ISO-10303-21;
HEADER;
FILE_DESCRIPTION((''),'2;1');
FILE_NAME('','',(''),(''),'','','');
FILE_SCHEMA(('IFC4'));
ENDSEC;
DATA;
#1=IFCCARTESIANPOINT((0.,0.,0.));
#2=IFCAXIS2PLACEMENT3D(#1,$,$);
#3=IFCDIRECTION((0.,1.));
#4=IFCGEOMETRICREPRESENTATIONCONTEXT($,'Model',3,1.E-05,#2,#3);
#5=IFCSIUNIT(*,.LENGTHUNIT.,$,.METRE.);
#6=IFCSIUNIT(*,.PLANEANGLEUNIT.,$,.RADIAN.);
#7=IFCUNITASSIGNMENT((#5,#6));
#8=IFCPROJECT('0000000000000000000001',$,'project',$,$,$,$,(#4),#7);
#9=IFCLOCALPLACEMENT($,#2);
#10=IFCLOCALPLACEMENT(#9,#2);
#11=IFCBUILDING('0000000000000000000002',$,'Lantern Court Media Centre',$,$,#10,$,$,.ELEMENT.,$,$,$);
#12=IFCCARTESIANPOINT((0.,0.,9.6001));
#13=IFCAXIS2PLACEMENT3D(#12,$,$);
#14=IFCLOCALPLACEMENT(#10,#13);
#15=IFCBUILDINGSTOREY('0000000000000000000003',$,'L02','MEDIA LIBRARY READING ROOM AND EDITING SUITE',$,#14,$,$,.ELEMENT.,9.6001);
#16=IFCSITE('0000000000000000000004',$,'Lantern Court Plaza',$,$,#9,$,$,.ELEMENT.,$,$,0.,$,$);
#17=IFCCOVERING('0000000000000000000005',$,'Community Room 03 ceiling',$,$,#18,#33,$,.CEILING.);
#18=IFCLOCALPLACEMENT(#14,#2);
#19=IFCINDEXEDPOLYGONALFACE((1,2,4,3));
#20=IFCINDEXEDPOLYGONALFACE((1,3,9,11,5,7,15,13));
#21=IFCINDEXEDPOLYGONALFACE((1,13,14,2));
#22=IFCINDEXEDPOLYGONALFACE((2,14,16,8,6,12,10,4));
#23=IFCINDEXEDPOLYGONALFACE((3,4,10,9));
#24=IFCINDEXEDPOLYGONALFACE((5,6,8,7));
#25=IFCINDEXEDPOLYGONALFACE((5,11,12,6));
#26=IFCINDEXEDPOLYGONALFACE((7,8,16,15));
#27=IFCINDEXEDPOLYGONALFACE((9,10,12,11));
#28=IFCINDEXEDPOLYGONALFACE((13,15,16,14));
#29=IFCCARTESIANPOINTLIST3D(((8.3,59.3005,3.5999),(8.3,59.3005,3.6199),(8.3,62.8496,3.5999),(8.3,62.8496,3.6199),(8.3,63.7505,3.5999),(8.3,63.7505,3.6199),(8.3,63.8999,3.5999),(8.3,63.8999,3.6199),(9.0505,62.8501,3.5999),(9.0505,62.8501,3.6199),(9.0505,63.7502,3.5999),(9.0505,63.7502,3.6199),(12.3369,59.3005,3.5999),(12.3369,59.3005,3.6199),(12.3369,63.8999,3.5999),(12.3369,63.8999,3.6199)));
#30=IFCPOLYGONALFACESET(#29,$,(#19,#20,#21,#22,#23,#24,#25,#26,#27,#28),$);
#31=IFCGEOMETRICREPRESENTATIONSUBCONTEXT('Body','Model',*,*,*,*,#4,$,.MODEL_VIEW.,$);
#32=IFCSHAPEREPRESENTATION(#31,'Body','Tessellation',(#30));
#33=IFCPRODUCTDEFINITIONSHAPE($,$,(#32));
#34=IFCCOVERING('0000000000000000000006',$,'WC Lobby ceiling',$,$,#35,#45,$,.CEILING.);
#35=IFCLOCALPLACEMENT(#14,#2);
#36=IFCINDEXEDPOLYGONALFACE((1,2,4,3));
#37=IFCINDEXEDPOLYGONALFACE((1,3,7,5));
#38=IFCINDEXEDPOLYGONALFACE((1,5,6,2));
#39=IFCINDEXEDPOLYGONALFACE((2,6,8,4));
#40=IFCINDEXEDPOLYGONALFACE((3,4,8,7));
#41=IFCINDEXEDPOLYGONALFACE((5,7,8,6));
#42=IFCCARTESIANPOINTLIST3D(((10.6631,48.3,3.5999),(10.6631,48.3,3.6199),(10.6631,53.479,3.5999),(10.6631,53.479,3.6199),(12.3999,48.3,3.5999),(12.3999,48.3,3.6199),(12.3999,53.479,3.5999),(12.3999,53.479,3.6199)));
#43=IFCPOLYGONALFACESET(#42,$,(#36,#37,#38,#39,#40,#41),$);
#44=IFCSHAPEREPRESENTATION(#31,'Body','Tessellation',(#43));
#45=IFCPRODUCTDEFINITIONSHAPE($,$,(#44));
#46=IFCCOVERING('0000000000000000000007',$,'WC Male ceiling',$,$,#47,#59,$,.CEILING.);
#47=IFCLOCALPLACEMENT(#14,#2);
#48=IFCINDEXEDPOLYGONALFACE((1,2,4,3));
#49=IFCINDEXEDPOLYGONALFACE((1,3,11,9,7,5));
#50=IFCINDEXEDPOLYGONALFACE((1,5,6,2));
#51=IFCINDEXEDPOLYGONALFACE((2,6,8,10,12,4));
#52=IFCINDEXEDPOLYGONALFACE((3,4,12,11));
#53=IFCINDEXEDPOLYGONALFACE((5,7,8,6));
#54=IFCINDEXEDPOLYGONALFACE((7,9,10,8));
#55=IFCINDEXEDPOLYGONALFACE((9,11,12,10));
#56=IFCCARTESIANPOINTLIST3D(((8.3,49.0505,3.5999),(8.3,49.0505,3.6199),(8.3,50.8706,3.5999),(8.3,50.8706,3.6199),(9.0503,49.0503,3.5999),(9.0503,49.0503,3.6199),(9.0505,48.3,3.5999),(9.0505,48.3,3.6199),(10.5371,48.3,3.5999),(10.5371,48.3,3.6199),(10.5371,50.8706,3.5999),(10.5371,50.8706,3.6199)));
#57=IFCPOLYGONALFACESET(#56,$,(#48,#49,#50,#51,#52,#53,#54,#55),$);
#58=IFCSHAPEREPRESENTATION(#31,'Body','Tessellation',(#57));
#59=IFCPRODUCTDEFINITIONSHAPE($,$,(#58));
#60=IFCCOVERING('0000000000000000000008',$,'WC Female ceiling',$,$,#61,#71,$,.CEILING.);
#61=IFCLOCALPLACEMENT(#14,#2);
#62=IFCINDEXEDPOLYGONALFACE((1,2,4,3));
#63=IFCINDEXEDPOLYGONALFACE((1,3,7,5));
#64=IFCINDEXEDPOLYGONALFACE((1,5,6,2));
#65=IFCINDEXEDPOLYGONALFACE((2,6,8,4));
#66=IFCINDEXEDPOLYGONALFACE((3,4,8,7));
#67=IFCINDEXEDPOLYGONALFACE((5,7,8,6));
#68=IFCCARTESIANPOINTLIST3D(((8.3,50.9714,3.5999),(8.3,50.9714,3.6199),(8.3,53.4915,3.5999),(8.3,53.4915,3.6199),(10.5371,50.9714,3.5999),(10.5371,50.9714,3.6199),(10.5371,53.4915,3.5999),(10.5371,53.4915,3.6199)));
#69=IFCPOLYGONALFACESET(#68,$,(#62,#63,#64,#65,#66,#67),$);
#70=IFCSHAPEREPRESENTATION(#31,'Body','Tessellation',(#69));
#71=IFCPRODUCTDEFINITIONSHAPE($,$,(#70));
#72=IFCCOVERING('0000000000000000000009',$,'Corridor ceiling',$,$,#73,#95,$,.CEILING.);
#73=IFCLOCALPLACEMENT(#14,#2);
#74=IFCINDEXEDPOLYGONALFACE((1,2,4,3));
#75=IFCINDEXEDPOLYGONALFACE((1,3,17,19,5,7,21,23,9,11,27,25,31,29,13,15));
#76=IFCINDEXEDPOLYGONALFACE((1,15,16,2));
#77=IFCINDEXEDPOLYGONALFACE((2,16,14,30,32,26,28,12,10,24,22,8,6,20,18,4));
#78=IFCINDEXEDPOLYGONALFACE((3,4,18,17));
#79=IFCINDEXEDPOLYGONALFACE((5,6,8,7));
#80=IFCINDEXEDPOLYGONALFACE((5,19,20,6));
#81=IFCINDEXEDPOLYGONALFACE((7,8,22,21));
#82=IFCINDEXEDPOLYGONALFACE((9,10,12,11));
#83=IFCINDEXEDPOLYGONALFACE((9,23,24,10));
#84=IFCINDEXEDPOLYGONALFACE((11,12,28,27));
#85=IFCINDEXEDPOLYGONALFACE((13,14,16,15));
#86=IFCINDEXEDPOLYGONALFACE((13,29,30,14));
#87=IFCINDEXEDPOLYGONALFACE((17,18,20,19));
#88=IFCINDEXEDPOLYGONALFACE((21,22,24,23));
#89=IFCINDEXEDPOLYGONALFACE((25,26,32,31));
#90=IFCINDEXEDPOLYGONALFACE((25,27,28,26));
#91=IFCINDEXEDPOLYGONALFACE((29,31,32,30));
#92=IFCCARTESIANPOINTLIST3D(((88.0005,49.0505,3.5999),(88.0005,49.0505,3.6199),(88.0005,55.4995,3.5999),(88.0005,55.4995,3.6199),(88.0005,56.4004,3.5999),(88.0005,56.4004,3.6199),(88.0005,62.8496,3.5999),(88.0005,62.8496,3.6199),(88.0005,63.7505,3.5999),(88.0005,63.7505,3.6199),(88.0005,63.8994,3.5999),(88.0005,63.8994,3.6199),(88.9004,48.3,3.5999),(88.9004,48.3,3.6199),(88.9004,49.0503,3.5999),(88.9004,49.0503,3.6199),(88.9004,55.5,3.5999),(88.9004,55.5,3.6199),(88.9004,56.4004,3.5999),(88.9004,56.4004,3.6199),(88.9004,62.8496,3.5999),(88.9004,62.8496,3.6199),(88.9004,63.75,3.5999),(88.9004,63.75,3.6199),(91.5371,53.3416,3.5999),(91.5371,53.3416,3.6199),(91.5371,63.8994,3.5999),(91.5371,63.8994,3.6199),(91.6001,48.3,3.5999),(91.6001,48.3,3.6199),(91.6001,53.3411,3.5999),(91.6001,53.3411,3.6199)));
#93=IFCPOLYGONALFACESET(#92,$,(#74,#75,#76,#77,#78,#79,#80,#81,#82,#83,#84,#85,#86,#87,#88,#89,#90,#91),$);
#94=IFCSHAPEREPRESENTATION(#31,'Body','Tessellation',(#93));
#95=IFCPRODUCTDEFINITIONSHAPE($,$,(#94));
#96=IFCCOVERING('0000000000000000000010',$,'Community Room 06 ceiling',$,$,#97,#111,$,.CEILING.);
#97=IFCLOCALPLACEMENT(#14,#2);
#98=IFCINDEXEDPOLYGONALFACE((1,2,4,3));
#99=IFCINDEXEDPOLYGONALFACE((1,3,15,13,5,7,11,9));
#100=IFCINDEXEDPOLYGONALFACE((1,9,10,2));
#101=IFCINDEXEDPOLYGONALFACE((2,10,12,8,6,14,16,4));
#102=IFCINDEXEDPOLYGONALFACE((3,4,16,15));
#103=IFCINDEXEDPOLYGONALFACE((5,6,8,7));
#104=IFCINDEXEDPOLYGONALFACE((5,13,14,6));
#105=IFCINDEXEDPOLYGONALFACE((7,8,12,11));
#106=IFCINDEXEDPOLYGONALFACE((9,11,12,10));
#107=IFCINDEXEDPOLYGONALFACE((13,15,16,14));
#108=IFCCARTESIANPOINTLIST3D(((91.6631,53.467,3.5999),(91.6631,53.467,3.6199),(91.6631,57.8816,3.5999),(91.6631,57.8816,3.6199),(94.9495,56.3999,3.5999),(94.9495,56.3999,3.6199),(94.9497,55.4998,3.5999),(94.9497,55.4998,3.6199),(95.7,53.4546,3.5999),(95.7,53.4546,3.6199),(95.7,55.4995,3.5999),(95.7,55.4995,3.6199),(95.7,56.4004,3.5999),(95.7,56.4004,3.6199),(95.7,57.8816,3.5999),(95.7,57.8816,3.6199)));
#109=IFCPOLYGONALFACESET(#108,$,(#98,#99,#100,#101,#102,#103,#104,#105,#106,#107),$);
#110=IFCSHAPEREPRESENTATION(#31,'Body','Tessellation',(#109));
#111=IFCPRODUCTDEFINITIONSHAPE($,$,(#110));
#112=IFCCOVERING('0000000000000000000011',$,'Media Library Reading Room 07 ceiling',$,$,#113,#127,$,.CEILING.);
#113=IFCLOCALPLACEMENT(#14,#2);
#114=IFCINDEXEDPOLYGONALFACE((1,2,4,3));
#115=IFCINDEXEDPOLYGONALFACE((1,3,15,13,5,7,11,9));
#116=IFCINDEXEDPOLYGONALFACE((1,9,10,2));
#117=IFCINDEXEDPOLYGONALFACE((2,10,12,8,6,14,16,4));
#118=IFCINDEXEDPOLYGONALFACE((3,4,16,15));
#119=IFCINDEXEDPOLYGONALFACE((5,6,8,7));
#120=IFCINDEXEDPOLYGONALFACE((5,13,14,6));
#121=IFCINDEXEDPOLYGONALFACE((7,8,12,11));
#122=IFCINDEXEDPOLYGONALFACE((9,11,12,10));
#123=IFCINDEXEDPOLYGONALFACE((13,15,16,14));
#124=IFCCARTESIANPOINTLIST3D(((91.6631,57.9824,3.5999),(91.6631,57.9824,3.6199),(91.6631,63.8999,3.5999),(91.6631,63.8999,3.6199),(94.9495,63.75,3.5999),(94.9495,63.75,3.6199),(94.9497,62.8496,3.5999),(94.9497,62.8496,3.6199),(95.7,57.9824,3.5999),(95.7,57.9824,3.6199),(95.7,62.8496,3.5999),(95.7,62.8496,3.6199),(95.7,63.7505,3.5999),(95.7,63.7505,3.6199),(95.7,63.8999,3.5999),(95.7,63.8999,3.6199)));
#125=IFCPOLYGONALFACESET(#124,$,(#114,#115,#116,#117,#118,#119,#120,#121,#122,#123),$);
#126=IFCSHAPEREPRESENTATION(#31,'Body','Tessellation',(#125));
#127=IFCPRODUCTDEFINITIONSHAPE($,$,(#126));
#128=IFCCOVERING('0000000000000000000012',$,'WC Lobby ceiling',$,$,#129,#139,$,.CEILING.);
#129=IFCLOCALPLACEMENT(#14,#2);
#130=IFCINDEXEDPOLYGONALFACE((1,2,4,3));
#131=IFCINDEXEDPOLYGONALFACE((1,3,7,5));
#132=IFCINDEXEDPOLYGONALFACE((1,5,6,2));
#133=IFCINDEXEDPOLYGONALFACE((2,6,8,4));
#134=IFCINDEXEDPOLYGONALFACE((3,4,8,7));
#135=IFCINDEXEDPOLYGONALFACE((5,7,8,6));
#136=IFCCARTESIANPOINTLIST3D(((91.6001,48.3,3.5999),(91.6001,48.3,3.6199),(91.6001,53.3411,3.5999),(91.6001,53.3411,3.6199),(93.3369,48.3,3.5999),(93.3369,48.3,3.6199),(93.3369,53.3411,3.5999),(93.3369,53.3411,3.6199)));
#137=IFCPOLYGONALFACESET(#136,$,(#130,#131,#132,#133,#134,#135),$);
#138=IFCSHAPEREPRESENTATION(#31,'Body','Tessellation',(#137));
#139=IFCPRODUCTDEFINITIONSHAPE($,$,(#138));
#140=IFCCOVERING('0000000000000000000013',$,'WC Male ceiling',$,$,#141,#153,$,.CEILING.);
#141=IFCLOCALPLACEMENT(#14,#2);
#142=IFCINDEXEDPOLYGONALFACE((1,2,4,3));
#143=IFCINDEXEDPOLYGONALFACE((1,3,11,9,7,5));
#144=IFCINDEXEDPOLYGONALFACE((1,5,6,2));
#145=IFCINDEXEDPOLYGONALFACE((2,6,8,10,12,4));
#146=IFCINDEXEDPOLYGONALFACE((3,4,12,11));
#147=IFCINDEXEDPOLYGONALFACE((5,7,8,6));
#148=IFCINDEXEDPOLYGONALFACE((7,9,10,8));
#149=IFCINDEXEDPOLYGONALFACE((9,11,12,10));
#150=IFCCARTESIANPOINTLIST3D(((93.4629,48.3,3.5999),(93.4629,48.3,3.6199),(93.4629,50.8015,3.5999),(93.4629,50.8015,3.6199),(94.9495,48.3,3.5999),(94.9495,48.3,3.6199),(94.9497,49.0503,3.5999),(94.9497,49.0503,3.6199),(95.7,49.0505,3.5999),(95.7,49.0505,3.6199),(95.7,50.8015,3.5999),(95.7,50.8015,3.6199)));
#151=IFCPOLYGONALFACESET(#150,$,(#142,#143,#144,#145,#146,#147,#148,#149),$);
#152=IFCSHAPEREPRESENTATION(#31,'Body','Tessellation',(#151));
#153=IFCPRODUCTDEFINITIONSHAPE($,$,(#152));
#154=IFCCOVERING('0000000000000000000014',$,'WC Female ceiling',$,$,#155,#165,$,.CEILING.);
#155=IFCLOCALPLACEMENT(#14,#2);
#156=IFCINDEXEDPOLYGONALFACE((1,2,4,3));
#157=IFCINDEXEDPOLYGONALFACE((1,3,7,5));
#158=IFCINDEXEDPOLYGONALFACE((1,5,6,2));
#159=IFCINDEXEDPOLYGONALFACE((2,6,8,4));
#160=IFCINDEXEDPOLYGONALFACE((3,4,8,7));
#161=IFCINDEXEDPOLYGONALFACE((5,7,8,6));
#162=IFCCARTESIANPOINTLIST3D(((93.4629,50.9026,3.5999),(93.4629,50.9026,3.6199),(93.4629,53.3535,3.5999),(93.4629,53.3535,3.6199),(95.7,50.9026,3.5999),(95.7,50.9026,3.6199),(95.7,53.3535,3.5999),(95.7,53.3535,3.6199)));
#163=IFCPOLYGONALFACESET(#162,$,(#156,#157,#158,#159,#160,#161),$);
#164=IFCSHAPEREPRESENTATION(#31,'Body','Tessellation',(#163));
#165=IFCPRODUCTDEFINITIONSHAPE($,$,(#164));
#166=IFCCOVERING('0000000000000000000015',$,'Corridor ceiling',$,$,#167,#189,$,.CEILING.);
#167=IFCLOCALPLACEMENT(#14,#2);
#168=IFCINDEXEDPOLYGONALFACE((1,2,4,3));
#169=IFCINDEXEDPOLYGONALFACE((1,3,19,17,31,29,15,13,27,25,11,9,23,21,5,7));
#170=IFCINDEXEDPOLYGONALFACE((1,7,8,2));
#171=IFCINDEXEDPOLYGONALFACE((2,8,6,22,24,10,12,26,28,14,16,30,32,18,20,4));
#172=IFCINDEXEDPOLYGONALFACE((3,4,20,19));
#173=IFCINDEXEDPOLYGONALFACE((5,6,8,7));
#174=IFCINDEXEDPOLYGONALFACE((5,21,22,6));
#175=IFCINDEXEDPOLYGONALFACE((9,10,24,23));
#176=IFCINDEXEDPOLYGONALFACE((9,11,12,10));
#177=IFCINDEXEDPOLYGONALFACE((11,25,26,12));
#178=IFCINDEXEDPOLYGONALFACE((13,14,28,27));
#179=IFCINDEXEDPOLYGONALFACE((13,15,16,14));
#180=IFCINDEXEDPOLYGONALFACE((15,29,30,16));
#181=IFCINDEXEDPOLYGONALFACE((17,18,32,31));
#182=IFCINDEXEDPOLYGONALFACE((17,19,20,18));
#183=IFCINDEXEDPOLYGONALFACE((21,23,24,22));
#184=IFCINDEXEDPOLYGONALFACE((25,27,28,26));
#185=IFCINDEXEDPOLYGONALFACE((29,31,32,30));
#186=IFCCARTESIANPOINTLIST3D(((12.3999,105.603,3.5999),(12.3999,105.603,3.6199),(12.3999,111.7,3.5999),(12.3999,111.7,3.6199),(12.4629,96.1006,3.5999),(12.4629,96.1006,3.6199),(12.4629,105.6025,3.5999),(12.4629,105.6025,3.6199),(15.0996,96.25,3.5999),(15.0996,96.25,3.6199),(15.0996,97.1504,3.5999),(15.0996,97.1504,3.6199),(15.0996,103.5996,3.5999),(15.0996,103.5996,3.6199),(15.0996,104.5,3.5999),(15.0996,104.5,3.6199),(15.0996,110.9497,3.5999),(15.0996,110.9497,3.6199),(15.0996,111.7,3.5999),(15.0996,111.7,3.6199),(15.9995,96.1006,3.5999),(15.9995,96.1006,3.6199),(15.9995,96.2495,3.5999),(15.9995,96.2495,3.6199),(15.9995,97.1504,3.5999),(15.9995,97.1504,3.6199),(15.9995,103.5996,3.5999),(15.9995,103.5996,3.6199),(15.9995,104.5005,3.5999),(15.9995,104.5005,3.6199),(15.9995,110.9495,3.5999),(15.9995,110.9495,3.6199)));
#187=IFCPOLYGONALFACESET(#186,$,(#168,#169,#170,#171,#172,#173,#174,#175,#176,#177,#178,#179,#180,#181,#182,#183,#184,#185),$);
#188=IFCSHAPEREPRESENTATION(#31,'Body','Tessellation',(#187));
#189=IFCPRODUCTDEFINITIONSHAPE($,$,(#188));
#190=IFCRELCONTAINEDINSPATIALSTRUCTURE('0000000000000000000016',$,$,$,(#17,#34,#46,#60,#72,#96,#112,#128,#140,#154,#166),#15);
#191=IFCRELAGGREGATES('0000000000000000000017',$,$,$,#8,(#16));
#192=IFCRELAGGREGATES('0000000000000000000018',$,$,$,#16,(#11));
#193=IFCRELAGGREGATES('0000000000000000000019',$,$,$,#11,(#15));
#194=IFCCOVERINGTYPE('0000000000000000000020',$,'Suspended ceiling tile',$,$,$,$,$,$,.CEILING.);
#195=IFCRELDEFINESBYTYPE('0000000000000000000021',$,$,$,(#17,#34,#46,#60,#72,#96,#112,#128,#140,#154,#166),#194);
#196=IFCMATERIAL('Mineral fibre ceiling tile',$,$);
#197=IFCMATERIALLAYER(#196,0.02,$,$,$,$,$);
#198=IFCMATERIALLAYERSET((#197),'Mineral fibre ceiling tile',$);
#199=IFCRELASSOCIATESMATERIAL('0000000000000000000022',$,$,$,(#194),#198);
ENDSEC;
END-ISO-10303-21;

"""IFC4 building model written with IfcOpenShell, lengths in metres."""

from ifc_helpers import new_model, si_unit, direction, frame, origin, place, context, subcontext, project, spatial, polyline, outline, extrude, material, layer, layer_set, type_object, element, save


model = new_model("IFC4")

# Units and contexts
model_context = context("Model", 3, precision=1e-05, world=origin(), true_north=direction((0.0, 1.0)))
body_context = subcontext(model_context, "Body", "Model", "MODEL_VIEW")
ifc_project = project(units=[si_unit("LENGTHUNIT", "METRE"), si_unit("PLANEANGLEUNIT", "RADIAN")], contexts=[model_context])

# Site, building, storey
site_placement = place(None, origin())
site = spatial("IfcSite", under=ifc_project, at=site_placement, Name="Lantern Court Plaza", CompositionType="ELEMENT", RefElevation=0.0)
building_placement = place(site_placement, origin())
building = spatial("IfcBuilding", under=site, at=building_placement, Name="Lantern Court Media Centre", CompositionType="ELEMENT")
storey_placement = place(building_placement, frame((0.0, 0.0, 9.6001)))
storey = spatial("IfcBuildingStorey", under=building, at=storey_placement, Name="L02", Description="MEDIA LIBRARY READING ROOM AND EDITING SUITE", CompositionType="ELEMENT", Elevation=9.6001)

# Coverings
ifc_material = material(Name="Mineral fibre ceiling tile")
ifc_layer = layer(ifc_material, 0.02)
ifc_layer_set = layer_set([ifc_layer], Name="Mineral fibre ceiling tile")
covering_type = type_object("IfcCoveringType", Name="Suspended ceiling tile", PredefinedType="CEILING", material=ifc_layer_set)
covering_1_placement = place(storey_placement, frame((0.0, 0.0, 3.5999)))
element("IfcCovering", 1, at=covering_1_placement, inside=storey, type_object=covering_type, Name="Community Room 03 ceiling", PredefinedType="CEILING", context=body_context, shape_type="SweptSolid", body=[
    extrude(outline(polyline([(8.3, 63.8999), (12.3369, 63.8999), (12.3369, 59.3005), (8.3, 59.3005), (8.3, 62.8496), (9.0505, 62.8501), (9.0505, 63.7502), (8.3, 63.7505), (8.3, 63.8999)])), origin(), (0.0, 0.0, 1.0), 0.02),
])
covering_2_placement = place(storey_placement, frame((0.0, 0.0, 3.5999)))
element("IfcCovering", 2, at=covering_2_placement, inside=storey, type_object=covering_type, Name="WC Lobby ceiling", PredefinedType="CEILING", context=body_context, shape_type="SweptSolid", body=[
    extrude(outline(polyline([(12.3999, 48.3), (10.6631, 48.3), (10.6631, 53.479), (12.3999, 53.479), (12.3999, 48.3)])), origin(), (0.0, 0.0, 1.0), 0.02),
])
covering_3_placement = place(storey_placement, frame((0.0, 0.0, 3.5999)))
element("IfcCovering", 3, at=covering_3_placement, inside=storey, type_object=covering_type, Name="WC Male ceiling", PredefinedType="CEILING", context=body_context, shape_type="SweptSolid", body=[
    extrude(outline(polyline([(8.3, 50.8706), (10.5371, 50.8706), (10.5371, 48.3), (9.0505, 48.3), (9.0503, 49.0503), (8.3, 49.0505), (8.3, 50.8706)])), origin(), (0.0, 0.0, 1.0), 0.02),
])
covering_4_placement = place(storey_placement, frame((0.0, 0.0, 3.5999)))
element("IfcCovering", 4, at=covering_4_placement, inside=storey, type_object=covering_type, Name="WC Female ceiling", PredefinedType="CEILING", context=body_context, shape_type="SweptSolid", body=[
    extrude(outline(polyline([(8.3, 53.4915), (10.5371, 53.4915), (10.5371, 50.9714), (8.3, 50.9714), (8.3, 53.4915)])), origin(), (0.0, 0.0, 1.0), 0.02),
])
covering_5_placement = place(storey_placement, frame((0.0, 0.0, 3.5999)))
element("IfcCovering", 5, at=covering_5_placement, inside=storey, type_object=covering_type, Name="Corridor ceiling", PredefinedType="CEILING", context=body_context, shape_type="SweptSolid", body=[
    extrude(outline(polyline([(91.6001, 48.3), (88.9004, 48.3), (88.9004, 49.0503), (88.0005, 49.0505), (88.0005, 55.4995), (88.9004, 55.5), (88.9004, 56.4004), (88.0005, 56.4004), (88.0005, 62.8496), (88.9004, 62.8496), (88.9004, 63.75), (88.0005, 63.7505), (88.0005, 63.8994), (91.5371, 63.8994), (91.5371, 53.3416), (91.6001, 53.3411), (91.6001, 48.3)])), origin(), (0.0, 0.0, 1.0), 0.02),
])
covering_6_placement = place(storey_placement, frame((0.0, 0.0, 3.5999)))
element("IfcCovering", 6, at=covering_6_placement, inside=storey, type_object=covering_type, Name="Community Room 06 ceiling", PredefinedType="CEILING", context=body_context, shape_type="SweptSolid", body=[
    extrude(outline(polyline([(95.7, 53.4546), (91.6631, 53.467), (91.6631, 57.8816), (95.7, 57.8816), (95.7, 56.4004), (94.9495, 56.3999), (94.9497, 55.4998), (95.7, 55.4995), (95.7, 53.4546)])), origin(), (0.0, 0.0, 1.0), 0.02),
])
covering_7_placement = place(storey_placement, frame((0.0, 0.0, 3.5999)))
element("IfcCovering", 7, at=covering_7_placement, inside=storey, type_object=covering_type, Name="Media Library Reading Room 07 ceiling", PredefinedType="CEILING", context=body_context, shape_type="SweptSolid", body=[
    extrude(outline(polyline([(95.7, 57.9824), (91.6631, 57.9824), (91.6631, 63.8999), (95.7, 63.8999), (95.7, 63.7505), (94.9495, 63.75), (94.9497, 62.8496), (95.7, 62.8496), (95.7, 57.9824)])), origin(), (0.0, 0.0, 1.0), 0.02),
])
covering_8_placement = place(storey_placement, frame((0.0, 0.0, 3.5999)))
element("IfcCovering", 8, at=covering_8_placement, inside=storey, type_object=covering_type, Name="WC Lobby ceiling", PredefinedType="CEILING", context=body_context, shape_type="SweptSolid", body=[
    extrude(outline(polyline([(91.6001, 48.3), (91.6001, 53.3411), (93.3369, 53.3411), (93.3369, 48.3), (91.6001, 48.3)])), origin(), (0.0, 0.0, 1.0), 0.02),
])
covering_9_placement = place(storey_placement, frame((0.0, 0.0, 3.5999)))
element("IfcCovering", 9, at=covering_9_placement, inside=storey, type_object=covering_type, Name="WC Male ceiling", PredefinedType="CEILING", context=body_context, shape_type="SweptSolid", body=[
    extrude(outline(polyline([(95.7, 49.0505), (94.9497, 49.0503), (94.9495, 48.3), (93.4629, 48.3), (93.4629, 50.8015), (95.7, 50.8015), (95.7, 49.0505)])), origin(), (0.0, 0.0, 1.0), 0.02),
])
covering_10_placement = place(storey_placement, frame((0.0, 0.0, 3.5999)))
element("IfcCovering", 10, at=covering_10_placement, inside=storey, type_object=covering_type, Name="WC Female ceiling", PredefinedType="CEILING", context=body_context, shape_type="SweptSolid", body=[
    extrude(outline(polyline([(95.7, 50.9026), (93.4629, 50.9026), (93.4629, 53.3535), (95.7, 53.3535), (95.7, 50.9026)])), origin(), (0.0, 0.0, 1.0), 0.02),
])
covering_11_placement = place(storey_placement, frame((0.0, 0.0, 3.5999)))
element("IfcCovering", 11, at=covering_11_placement, inside=storey, type_object=covering_type, Name="Corridor ceiling", PredefinedType="CEILING", context=body_context, shape_type="SweptSolid", body=[
    extrude(outline(polyline([(12.3999, 111.7), (15.0996, 111.7), (15.0996, 110.9497), (15.9995, 110.9495), (15.9995, 104.5005), (15.0996, 104.5), (15.0996, 103.5996), (15.9995, 103.5996), (15.9995, 97.1504), (15.0996, 97.1504), (15.0996, 96.25), (15.9995, 96.2495), (15.9995, 96.1006), (12.4629, 96.1006), (12.4629, 105.6025), (12.3999, 105.603), (12.3999, 111.7)])), origin(), (0.0, 0.0, 1.0), 0.02),
])

save(model, "model.ifc")
